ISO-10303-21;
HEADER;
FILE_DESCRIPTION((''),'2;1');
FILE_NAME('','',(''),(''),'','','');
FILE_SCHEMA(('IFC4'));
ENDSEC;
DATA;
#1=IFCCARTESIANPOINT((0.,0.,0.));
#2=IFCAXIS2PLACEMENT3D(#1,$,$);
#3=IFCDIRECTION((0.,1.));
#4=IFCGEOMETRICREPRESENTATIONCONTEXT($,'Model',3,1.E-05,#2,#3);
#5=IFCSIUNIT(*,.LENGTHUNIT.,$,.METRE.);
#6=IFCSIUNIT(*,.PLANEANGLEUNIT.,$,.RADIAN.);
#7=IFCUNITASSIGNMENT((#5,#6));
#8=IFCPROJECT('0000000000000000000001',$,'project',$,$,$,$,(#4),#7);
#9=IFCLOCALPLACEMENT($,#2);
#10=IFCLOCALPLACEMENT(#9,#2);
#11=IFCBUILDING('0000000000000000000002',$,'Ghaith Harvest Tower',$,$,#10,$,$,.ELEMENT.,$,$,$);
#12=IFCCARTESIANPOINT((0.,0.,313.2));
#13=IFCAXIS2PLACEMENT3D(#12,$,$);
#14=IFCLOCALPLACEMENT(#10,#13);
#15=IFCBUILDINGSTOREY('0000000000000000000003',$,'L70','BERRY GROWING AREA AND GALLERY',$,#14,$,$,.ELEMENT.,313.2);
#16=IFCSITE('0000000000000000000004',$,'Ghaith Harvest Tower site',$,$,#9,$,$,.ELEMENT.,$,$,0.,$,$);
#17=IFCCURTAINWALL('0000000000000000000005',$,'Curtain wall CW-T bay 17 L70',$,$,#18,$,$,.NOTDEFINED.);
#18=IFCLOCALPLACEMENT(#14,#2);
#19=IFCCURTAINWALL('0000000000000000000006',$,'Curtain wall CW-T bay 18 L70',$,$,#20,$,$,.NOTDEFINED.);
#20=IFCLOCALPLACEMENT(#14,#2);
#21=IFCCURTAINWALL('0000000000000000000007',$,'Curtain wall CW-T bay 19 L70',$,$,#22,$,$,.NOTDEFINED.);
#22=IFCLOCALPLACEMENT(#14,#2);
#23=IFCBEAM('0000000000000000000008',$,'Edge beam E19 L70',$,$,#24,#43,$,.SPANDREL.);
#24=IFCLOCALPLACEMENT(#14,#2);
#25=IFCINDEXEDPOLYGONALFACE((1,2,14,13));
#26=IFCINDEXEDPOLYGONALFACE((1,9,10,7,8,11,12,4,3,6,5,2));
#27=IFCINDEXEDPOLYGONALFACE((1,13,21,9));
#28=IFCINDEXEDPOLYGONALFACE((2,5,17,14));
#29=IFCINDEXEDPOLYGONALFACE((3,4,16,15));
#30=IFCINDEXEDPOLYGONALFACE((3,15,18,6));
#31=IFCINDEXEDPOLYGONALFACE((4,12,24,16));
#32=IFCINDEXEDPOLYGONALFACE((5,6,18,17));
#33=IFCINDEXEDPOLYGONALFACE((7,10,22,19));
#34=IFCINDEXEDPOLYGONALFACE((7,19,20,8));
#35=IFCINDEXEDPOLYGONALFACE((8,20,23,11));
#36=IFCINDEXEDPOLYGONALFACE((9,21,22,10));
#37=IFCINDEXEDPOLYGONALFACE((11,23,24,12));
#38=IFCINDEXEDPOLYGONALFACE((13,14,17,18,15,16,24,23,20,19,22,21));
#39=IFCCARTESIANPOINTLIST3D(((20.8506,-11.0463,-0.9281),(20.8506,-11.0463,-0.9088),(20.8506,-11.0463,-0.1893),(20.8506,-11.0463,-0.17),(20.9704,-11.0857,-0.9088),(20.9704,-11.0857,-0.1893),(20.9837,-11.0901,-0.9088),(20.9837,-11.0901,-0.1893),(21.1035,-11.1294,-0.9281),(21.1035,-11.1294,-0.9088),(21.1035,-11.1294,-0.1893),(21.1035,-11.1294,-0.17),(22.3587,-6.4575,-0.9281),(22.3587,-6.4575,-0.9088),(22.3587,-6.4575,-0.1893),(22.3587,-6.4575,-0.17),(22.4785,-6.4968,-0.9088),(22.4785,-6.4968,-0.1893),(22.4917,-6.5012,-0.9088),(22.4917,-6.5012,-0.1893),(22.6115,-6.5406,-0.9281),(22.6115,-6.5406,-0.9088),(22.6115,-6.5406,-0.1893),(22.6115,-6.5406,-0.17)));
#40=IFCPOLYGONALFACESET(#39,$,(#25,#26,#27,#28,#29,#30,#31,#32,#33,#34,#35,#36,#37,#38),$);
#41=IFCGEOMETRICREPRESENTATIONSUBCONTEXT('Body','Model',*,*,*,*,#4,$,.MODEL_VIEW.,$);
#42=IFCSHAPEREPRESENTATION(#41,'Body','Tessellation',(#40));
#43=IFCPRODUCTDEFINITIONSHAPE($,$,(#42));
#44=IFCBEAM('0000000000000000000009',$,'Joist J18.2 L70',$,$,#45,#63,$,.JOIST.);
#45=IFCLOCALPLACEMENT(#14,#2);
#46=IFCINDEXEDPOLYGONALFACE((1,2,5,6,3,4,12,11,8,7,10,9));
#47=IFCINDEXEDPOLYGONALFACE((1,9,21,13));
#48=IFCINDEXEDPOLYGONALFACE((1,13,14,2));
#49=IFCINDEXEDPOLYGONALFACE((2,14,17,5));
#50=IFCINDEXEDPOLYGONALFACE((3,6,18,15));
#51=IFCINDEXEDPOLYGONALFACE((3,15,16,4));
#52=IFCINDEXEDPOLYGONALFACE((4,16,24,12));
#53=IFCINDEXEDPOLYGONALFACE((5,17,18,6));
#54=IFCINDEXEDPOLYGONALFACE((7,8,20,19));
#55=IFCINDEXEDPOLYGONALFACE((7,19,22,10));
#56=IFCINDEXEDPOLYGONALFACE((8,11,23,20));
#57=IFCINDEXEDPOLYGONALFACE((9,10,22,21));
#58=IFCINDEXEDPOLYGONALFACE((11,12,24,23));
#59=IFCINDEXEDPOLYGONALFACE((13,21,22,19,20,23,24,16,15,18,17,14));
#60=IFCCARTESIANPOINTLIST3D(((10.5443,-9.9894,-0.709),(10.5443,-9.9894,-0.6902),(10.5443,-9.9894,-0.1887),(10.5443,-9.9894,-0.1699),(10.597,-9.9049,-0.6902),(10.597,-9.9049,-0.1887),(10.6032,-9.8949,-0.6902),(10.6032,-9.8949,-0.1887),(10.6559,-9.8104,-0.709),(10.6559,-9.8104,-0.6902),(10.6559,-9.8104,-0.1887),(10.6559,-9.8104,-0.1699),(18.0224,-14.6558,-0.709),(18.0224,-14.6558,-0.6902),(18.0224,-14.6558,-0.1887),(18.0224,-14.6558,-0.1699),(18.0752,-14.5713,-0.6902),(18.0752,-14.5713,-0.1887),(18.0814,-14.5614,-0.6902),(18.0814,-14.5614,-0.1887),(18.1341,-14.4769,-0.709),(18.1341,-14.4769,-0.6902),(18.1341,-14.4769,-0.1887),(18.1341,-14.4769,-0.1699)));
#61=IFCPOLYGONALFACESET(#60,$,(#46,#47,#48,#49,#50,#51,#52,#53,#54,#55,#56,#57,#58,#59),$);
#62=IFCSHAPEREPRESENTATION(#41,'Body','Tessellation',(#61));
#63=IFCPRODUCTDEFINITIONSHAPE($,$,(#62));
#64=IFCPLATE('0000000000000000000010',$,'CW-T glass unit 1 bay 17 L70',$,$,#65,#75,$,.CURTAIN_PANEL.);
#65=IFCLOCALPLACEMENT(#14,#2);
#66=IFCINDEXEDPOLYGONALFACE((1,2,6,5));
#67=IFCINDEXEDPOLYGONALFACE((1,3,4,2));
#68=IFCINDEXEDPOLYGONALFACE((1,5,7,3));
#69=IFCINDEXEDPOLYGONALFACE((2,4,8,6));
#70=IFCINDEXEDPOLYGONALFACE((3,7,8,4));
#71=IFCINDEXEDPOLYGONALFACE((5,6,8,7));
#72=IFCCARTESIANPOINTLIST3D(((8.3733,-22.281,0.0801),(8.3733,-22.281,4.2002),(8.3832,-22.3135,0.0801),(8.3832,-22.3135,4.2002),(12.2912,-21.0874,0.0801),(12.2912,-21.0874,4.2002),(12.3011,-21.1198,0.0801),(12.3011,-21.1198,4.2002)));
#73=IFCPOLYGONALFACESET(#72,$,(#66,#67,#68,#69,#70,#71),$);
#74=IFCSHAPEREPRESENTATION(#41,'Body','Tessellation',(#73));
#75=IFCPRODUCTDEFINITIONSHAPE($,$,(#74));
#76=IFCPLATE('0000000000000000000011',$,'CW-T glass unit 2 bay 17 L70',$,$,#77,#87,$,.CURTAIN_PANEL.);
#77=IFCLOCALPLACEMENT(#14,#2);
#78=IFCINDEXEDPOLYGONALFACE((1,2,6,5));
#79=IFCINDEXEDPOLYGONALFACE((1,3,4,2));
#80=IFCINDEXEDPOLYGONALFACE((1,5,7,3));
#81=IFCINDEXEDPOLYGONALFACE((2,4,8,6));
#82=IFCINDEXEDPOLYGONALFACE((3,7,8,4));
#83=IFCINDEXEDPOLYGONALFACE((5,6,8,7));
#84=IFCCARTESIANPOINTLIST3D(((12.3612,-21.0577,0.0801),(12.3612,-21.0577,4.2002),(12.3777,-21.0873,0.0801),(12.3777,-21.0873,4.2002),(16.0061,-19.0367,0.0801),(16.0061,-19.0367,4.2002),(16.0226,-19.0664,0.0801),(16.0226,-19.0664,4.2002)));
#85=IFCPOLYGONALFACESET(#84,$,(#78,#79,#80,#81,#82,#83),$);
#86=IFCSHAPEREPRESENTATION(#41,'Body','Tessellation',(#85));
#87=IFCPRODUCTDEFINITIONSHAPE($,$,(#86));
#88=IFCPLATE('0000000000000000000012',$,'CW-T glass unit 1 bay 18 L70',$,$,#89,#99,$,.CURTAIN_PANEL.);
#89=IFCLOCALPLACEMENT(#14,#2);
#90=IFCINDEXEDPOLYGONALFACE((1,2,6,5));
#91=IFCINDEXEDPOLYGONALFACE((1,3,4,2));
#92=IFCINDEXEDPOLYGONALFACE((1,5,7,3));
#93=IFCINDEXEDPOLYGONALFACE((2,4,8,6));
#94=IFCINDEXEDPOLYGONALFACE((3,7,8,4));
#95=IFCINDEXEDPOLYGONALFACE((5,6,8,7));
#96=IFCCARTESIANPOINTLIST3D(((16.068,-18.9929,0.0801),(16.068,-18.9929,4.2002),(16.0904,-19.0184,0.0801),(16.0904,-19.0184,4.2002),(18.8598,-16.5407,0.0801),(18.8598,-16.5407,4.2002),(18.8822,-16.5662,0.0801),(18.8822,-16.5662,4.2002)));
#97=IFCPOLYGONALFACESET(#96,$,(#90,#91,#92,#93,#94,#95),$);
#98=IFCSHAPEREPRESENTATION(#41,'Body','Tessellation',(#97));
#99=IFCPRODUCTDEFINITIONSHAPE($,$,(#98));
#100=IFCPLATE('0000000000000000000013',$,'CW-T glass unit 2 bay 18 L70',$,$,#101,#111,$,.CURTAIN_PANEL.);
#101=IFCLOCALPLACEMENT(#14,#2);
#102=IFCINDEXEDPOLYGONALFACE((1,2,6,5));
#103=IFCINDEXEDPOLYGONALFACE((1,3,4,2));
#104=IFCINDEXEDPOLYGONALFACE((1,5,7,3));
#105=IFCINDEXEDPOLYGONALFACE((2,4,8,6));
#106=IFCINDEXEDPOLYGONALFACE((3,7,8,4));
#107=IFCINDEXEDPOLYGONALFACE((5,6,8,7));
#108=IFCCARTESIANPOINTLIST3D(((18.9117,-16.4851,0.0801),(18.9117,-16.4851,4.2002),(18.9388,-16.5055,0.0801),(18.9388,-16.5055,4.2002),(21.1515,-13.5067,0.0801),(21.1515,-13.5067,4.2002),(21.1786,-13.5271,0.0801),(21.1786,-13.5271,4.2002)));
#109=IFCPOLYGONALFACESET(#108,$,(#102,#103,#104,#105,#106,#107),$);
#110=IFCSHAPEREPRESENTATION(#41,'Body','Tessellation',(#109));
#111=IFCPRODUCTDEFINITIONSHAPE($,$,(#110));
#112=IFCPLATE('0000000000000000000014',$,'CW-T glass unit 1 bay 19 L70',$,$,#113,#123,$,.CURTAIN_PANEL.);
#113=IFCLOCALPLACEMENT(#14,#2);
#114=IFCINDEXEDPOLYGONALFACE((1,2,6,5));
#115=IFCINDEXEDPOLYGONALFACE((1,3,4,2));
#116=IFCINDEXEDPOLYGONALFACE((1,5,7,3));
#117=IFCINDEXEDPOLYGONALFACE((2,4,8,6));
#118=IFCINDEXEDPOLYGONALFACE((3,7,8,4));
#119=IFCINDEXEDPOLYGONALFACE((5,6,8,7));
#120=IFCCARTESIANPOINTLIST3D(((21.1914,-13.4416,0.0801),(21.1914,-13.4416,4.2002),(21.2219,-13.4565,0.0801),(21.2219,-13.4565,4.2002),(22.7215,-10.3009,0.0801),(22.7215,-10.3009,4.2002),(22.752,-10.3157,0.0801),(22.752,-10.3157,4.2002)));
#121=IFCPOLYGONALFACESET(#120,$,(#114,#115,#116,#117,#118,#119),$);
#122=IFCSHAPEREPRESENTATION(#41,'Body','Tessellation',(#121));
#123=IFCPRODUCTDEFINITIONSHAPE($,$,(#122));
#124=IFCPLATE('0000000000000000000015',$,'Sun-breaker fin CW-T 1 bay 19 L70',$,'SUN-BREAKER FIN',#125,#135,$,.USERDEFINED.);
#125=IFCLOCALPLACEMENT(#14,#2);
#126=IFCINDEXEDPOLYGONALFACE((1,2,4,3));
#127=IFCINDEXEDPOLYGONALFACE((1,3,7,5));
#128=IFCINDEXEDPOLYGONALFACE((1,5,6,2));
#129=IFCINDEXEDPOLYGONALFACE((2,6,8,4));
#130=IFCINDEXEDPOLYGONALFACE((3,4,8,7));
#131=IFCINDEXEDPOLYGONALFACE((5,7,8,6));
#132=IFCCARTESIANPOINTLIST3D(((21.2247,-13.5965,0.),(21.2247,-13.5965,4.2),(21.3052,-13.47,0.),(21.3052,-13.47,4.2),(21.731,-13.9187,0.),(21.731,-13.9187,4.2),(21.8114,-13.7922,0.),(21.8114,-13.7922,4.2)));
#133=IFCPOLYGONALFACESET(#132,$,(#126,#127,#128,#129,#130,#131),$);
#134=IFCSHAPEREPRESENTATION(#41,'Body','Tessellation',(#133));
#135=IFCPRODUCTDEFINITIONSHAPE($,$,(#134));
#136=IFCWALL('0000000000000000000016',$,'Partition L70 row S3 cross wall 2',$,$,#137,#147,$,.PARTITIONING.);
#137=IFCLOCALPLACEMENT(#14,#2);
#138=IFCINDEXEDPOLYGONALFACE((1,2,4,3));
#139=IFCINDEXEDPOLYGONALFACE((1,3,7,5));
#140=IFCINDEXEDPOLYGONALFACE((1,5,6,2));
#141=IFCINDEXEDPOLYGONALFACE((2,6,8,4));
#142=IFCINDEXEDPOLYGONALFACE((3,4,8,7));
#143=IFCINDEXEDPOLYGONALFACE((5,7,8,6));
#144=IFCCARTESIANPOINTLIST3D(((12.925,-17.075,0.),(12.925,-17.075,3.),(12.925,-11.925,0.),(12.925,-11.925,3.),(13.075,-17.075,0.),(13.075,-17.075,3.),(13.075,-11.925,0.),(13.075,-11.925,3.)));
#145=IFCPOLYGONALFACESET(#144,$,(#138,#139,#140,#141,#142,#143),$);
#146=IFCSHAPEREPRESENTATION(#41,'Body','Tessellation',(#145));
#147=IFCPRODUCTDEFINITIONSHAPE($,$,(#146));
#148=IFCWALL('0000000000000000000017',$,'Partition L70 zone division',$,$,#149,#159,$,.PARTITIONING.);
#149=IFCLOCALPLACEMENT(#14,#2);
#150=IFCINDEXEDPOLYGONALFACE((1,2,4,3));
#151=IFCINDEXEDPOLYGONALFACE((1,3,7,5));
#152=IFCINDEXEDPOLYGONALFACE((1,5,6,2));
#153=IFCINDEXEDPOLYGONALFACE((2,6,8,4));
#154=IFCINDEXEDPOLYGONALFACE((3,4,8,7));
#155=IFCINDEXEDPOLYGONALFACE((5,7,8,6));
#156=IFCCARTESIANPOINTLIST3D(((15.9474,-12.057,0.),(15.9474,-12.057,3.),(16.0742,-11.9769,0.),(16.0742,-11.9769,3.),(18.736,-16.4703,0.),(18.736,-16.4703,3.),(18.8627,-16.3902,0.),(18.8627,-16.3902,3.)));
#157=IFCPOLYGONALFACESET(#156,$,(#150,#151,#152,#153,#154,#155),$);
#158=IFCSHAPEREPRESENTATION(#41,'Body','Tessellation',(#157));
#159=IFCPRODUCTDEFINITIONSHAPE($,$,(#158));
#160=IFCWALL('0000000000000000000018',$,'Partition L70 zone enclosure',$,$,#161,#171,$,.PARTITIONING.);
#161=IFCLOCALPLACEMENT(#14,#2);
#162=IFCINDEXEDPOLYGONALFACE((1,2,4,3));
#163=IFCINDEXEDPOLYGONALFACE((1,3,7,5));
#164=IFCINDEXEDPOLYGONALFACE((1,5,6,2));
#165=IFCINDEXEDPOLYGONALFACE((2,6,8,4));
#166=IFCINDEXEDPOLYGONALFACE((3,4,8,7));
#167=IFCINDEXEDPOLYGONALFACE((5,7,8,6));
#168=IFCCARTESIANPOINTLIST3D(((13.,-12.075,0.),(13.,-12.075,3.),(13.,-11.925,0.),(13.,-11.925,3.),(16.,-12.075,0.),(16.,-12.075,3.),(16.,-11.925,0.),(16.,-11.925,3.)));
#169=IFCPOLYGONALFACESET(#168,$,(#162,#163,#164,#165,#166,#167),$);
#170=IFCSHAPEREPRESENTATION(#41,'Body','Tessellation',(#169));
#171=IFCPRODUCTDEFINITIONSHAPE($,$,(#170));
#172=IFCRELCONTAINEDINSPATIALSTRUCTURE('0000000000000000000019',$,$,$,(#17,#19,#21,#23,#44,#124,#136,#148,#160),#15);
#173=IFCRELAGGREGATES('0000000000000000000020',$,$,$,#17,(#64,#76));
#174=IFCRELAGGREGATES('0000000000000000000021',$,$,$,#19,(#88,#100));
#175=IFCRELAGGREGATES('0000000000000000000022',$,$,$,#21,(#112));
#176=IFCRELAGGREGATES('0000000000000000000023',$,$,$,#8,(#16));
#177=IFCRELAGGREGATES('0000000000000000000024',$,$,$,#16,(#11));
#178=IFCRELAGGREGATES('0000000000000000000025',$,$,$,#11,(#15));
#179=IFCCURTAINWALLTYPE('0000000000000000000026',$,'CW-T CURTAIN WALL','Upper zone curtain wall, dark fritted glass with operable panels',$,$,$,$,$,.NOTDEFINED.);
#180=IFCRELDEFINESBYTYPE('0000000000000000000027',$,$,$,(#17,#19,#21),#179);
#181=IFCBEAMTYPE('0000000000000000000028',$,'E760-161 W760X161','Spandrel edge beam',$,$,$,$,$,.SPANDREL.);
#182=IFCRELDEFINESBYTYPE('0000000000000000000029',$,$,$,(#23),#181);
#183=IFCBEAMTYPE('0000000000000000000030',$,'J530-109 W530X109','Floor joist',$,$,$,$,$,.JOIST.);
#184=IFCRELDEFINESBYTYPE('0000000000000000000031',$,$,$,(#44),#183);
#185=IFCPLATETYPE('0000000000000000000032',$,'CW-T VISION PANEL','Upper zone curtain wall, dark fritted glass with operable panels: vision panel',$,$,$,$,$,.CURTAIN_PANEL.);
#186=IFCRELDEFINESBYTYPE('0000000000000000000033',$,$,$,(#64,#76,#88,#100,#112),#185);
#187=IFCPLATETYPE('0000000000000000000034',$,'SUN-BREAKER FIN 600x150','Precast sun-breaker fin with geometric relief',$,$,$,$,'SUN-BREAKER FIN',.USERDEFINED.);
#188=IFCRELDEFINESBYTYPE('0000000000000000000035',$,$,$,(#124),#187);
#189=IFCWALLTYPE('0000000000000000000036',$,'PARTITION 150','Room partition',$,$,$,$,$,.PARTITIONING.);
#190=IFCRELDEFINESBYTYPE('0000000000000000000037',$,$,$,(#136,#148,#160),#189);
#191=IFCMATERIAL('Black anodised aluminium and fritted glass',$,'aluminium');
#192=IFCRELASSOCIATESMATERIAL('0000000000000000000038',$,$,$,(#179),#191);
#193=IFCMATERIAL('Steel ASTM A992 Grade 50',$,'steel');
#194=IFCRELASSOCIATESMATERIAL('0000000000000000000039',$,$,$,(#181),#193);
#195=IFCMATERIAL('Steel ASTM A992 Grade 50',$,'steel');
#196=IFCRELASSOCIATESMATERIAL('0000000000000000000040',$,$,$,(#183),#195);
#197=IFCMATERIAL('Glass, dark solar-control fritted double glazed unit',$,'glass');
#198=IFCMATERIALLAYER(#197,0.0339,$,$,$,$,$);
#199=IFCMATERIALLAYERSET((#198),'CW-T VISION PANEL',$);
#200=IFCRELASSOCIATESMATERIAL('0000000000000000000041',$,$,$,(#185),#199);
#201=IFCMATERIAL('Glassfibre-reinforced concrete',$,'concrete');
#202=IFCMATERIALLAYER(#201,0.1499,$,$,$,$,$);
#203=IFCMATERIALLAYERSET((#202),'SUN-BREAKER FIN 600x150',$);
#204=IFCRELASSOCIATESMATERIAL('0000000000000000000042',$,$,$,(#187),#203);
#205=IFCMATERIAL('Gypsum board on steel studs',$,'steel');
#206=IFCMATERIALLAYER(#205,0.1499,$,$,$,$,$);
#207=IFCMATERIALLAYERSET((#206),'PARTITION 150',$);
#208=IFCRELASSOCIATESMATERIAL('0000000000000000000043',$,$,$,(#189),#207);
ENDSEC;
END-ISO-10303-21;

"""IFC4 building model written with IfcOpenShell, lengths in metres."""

from ifc_helpers import new_model, si_unit, direction, frame, frame_2d, origin, origin_2d, place, context, subcontext, project, spatial, rectangle, i_section, extrude, material, layer, layer_set, material_profile, profile_set, type_object, element, aggregate, save


model = new_model("IFC4")

# Units and contexts
model_context = context("Model", 3, precision=1e-05, world=origin(), true_north=direction((0.0, 1.0)))
body_context = subcontext(model_context, "Body", "Model", "MODEL_VIEW")
ifc_project = project(units=[si_unit("LENGTHUNIT", "METRE"), si_unit("PLANEANGLEUNIT", "RADIAN")], contexts=[model_context])

# Site, building, storey
site_placement = place(None, origin())
site = spatial("IfcSite", under=ifc_project, at=site_placement, Name="Ghaith Harvest Tower site", CompositionType="ELEMENT", RefElevation=0.0)
building_placement = place(site_placement, origin())
building = spatial("IfcBuilding", under=site, at=building_placement, Name="Ghaith Harvest Tower", CompositionType="ELEMENT")
storey_placement = place(building_placement, frame((0.0, 0.0, 313.2)))
storey = spatial("IfcBuildingStorey", under=building, at=storey_placement, Name="L70", Description="BERRY GROWING AREA AND GALLERY", CompositionType="ELEMENT", Elevation=313.2)

# Curtain wall
ifc_material_1 = material(Name="Black anodised aluminium and fritted glass", Category="aluminium")
curtain_wall_type = type_object("IfcCurtainWallType", Name="CW-T CURTAIN WALL", Description="Upper zone curtain wall, dark fritted glass with operable panels", PredefinedType="NOTDEFINED", material=ifc_material_1)
curtain_wall_1_placement = place(storey_placement, origin())
curtain_wall_1 = element("IfcCurtainWall", 1, at=curtain_wall_1_placement, inside=storey, type_object=curtain_wall_type, Name="Curtain wall CW-T bay 17 L70", PredefinedType="NOTDEFINED")

# Curtain walls
curtain_wall_2_placement = place(storey_placement, origin())
curtain_wall_2 = element("IfcCurtainWall", 2, at=curtain_wall_2_placement, inside=storey, type_object=curtain_wall_type, Name="Curtain wall CW-T bay 18 L70", PredefinedType="NOTDEFINED")
curtain_wall_3_placement = place(storey_placement, origin())
curtain_wall_3 = element("IfcCurtainWall", 3, at=curtain_wall_3_placement, inside=storey, type_object=curtain_wall_type, Name="Curtain wall CW-T bay 19 L70", PredefinedType="NOTDEFINED")

# Beams
ifc_material_2 = material(Name="Steel ASTM A992 Grade 50", Category="steel")
ifc_material_profile_1 = material_profile(ifc_material_2, i_section(OverallWidth=0.2661, OverallDepth=0.7581, WebThickness=0.0139, FlangeThickness=0.0193, at=origin_2d()), Name="W760X161")
ifc_profile_set_1 = profile_set([ifc_material_profile_1], Name="Steel ASTM A992 Grade 50")
beam_type_1 = type_object("IfcBeamType", Name="E760-161 W760X161", Description="Spandrel edge beam", PredefinedType="SPANDREL", material=ifc_profile_set_1)
beam_1_placement = place(storey_placement, frame((20.9771, -11.0879, -0.5491), z_axis=(0.312207, 0.950014, 0.0), x_axis=(-0.950014, 0.312207, 0.0)))
element("IfcBeam", 4, at=beam_1_placement, inside=storey, type_object=beam_type_1, Name="Edge beam E19 L70", PredefinedType="SPANDREL", context=body_context, shape_type="SweptSolid", body=[
    extrude(i_section(OverallWidth=0.2661, OverallDepth=0.7581, WebThickness=0.0139, FlangeThickness=0.0193, at=origin_2d()), origin(), (0.0, 0.0, 1.0), 4.8303),
])
ifc_material_3 = material(Name="Steel ASTM A992 Grade 50", Category="steel")
ifc_material_profile_2 = material_profile(ifc_material_3, i_section(OverallWidth=0.2109, OverallDepth=0.5391, WebThickness=0.0117, FlangeThickness=0.0188, at=origin_2d()), Name="W530X109")
ifc_profile_set_2 = profile_set([ifc_material_profile_2], Name="Steel ASTM A992 Grade 50")
beam_type_2 = type_object("IfcBeamType", Name="J530-109 W530X109", Description="Floor joist", PredefinedType="JOIST", material=ifc_profile_set_2)
beam_2_placement = place(storey_placement, frame((10.6001, -9.8999, -0.4395), z_axis=(0.848376, -0.529394, 0.0), x_axis=(0.529394, 0.848376, 0.0)))
element("IfcBeam", 5, at=beam_2_placement, inside=storey, type_object=beam_type_2, Name="Joist J18.2 L70", PredefinedType="JOIST", context=body_context, shape_type="SweptSolid", body=[
    extrude(i_section(OverallWidth=0.2109, OverallDepth=0.5391, WebThickness=0.0117, FlangeThickness=0.0188, at=origin_2d()), origin(), (0.0, 0.0, 1.0), 8.8147),
])

# Plates
ifc_material_4 = material(Name="Glass, dark solar-control fritted double glazed unit", Category="glass")
ifc_layer_1 = layer(ifc_material_4, 0.0339)
ifc_layer_set_1 = layer_set([ifc_layer_1], Name="CW-T VISION PANEL")
plate_type_1 = type_object("IfcPlateType", Name="CW-T VISION PANEL", Description="Upper zone curtain wall, dark fritted glass with operable panels: vision panel", PredefinedType="CURTAIN_PANEL", material=ifc_layer_set_1)
plate_1_placement = place(storey_placement, frame((10.3372, -21.7004, 0.0801), z_axis=(0.0, 0.0, 1.0), x_axis=(0.956588, 0.291445, 0.0)))
plate_1 = element("IfcPlate", 6, at=plate_1_placement, type_object=plate_type_1, Name="CW-T glass unit 1 bay 17 L70", PredefinedType="CURTAIN_PANEL", context=body_context, shape_type="SweptSolid", body=[
    extrude(rectangle(XDim=4.0957, YDim=0.0339, at=origin_2d()), origin(), (0.0, 0.0, 1.0), 4.1201),
])
plate_2_placement = place(storey_placement, frame((14.1919, -20.062, 0.0801), z_axis=(0.0, 0.0, 1.0), x_axis=(0.874564, 0.48491, 0.0)))
plate_2 = element("IfcPlate", 7, at=plate_2_placement, type_object=plate_type_1, Name="CW-T glass unit 2 bay 17 L70", PredefinedType="CURTAIN_PANEL", context=body_context, shape_type="SweptSolid", body=[
    extrude(rectangle(XDim=4.1677, YDim=0.0339, at=origin_2d()), origin(), (0.0, 0.0, 1.0), 4.1201),
])
aggregate(curtain_wall_1, [plate_1, plate_2])
plate_3_placement = place(storey_placement, frame((17.4751, -17.7795, 0.0801), z_axis=(0.0, 0.0, 1.0), x_axis=(0.751335, 0.659922, 0.0)))
plate_3 = element("IfcPlate", 8, at=plate_3_placement, type_object=plate_type_1, Name="CW-T glass unit 1 bay 18 L70", PredefinedType="CURTAIN_PANEL", context=body_context, shape_type="SweptSolid", body=[
    extrude(rectangle(XDim=3.7158, YDim=0.0339, at=origin_2d()), origin(), (0.0, 0.0, 1.0), 4.1201),
])
plate_4_placement = place(storey_placement, frame((20.0452, -15.0061, 0.0801), z_axis=(0.0, 0.0, 1.0), x_axis=(0.601048, 0.799213, 0.0)))
plate_4 = element("IfcPlate", 9, at=plate_4_placement, type_object=plate_type_1, Name="CW-T glass unit 2 bay 18 L70", PredefinedType="CURTAIN_PANEL", context=body_context, shape_type="SweptSolid", body=[
    extrude(rectangle(XDim=3.7266, YDim=0.0339, at=origin_2d()), origin(), (0.0, 0.0, 1.0), 4.1201),
])
aggregate(curtain_wall_2, [plate_3, plate_4])
plate_5_placement = place(storey_placement, frame((21.9717, -11.8787, 0.0801), z_axis=(0.0, 0.0, 1.0), x_axis=(0.437968, 0.89899, 0.0)))
plate_5 = element("IfcPlate", 10, at=plate_5_placement, type_object=plate_type_1, Name="CW-T glass unit 1 bay 19 L70", PredefinedType="CURTAIN_PANEL", context=body_context, shape_type="SweptSolid", body=[
    extrude(rectangle(XDim=3.4937, YDim=0.0339, at=origin_2d()), origin(), (0.0, 0.0, 1.0), 4.1201),
])
aggregate(curtain_wall_3, [plate_5])
ifc_material_5 = material(Name="Glassfibre-reinforced concrete", Category="concrete")
ifc_layer_2 = layer(ifc_material_5, 0.1499)
ifc_layer_set_2 = layer_set([ifc_layer_2], Name="SUN-BREAKER FIN 600x150")
plate_type_2 = type_object("IfcPlateType", Name="SUN-BREAKER FIN 600x150", Description="Precast sun-breaker fin with geometric relief", ElementType="SUN-BREAKER FIN", PredefinedType="USERDEFINED", material=ifc_layer_set_2)
plate_6_placement = place(storey_placement, frame((21.5181, -13.6943, 0.0), z_axis=(0.0, 0.0, 1.0), x_axis=(0.843644, -0.536903, 0.0)))
element("IfcPlate", 11, at=plate_6_placement, inside=storey, type_object=plate_type_2, Name="Sun-breaker fin CW-T 1 bay 19 L70", ObjectType="SUN-BREAKER FIN", PredefinedType="USERDEFINED", context=body_context, shape_type="SweptSolid", body=[
    extrude(rectangle(XDim=0.6001, YDim=0.1499, at=origin_2d()), origin(), (0.0, 0.0, 1.0), 4.2),
])

# Walls
ifc_material_6 = material(Name="Gypsum board on steel studs", Category="steel")
ifc_layer_3 = layer(ifc_material_6, 0.1499)
ifc_layer_set_3 = layer_set([ifc_layer_3], Name="PARTITION 150")
wall_type = type_object("IfcWallType", Name="PARTITION 150", Description="Room partition", PredefinedType="PARTITIONING", material=ifc_layer_set_3)
wall_1_placement = place(storey_placement, frame((13.0, -11.925, 0.0), z_axis=(0.0, 0.0, 1.0), x_axis=(0.0, -1.0, 0.0)))
element("IfcWall", 12, at=wall_1_placement, inside=storey, type_object=wall_type, Name="Partition L70 row S3 cross wall 2", PredefinedType="PARTITIONING", context=body_context, shape_type="SweptSolid", body=[
    extrude(rectangle(XDim=5.1499, YDim=0.1499, at=frame_2d((2.575, 0.0))), origin(), (0.0, 0.0, 1.0), 3.0),
])
wall_2_placement = place(storey_placement, frame((16.0107, -12.0168, 0.0), z_axis=(0.0, 0.0, 1.0), x_axis=(0.534158, -0.845384, 0.0)))
element("IfcWall", 13, at=wall_2_placement, inside=storey, type_object=wall_type, Name="Partition L70 zone division", PredefinedType="PARTITIONING", context=body_context, shape_type="SweptSolid", body=[
    extrude(rectangle(XDim=5.2205, YDim=0.1499, at=frame_2d((2.6104, 0.0))), origin(), (0.0, 0.0, 1.0), 3.0),
])
wall_3_placement = place(storey_placement, frame((13.0, -12.0, 0.0), z_axis=(0.0, 0.0, 1.0), x_axis=(1.0, 0.0, 0.0)))
element("IfcWall", 14, at=wall_3_placement, inside=storey, type_object=wall_type, Name="Partition L70 zone enclosure", PredefinedType="PARTITIONING", context=body_context, shape_type="SweptSolid", body=[
    extrude(rectangle(XDim=3.0, YDim=0.1499, at=frame_2d((1.5, 0.0))), origin(), (0.0, 0.0, 1.0), 3.0),
])

save(model, "model.ifc")
